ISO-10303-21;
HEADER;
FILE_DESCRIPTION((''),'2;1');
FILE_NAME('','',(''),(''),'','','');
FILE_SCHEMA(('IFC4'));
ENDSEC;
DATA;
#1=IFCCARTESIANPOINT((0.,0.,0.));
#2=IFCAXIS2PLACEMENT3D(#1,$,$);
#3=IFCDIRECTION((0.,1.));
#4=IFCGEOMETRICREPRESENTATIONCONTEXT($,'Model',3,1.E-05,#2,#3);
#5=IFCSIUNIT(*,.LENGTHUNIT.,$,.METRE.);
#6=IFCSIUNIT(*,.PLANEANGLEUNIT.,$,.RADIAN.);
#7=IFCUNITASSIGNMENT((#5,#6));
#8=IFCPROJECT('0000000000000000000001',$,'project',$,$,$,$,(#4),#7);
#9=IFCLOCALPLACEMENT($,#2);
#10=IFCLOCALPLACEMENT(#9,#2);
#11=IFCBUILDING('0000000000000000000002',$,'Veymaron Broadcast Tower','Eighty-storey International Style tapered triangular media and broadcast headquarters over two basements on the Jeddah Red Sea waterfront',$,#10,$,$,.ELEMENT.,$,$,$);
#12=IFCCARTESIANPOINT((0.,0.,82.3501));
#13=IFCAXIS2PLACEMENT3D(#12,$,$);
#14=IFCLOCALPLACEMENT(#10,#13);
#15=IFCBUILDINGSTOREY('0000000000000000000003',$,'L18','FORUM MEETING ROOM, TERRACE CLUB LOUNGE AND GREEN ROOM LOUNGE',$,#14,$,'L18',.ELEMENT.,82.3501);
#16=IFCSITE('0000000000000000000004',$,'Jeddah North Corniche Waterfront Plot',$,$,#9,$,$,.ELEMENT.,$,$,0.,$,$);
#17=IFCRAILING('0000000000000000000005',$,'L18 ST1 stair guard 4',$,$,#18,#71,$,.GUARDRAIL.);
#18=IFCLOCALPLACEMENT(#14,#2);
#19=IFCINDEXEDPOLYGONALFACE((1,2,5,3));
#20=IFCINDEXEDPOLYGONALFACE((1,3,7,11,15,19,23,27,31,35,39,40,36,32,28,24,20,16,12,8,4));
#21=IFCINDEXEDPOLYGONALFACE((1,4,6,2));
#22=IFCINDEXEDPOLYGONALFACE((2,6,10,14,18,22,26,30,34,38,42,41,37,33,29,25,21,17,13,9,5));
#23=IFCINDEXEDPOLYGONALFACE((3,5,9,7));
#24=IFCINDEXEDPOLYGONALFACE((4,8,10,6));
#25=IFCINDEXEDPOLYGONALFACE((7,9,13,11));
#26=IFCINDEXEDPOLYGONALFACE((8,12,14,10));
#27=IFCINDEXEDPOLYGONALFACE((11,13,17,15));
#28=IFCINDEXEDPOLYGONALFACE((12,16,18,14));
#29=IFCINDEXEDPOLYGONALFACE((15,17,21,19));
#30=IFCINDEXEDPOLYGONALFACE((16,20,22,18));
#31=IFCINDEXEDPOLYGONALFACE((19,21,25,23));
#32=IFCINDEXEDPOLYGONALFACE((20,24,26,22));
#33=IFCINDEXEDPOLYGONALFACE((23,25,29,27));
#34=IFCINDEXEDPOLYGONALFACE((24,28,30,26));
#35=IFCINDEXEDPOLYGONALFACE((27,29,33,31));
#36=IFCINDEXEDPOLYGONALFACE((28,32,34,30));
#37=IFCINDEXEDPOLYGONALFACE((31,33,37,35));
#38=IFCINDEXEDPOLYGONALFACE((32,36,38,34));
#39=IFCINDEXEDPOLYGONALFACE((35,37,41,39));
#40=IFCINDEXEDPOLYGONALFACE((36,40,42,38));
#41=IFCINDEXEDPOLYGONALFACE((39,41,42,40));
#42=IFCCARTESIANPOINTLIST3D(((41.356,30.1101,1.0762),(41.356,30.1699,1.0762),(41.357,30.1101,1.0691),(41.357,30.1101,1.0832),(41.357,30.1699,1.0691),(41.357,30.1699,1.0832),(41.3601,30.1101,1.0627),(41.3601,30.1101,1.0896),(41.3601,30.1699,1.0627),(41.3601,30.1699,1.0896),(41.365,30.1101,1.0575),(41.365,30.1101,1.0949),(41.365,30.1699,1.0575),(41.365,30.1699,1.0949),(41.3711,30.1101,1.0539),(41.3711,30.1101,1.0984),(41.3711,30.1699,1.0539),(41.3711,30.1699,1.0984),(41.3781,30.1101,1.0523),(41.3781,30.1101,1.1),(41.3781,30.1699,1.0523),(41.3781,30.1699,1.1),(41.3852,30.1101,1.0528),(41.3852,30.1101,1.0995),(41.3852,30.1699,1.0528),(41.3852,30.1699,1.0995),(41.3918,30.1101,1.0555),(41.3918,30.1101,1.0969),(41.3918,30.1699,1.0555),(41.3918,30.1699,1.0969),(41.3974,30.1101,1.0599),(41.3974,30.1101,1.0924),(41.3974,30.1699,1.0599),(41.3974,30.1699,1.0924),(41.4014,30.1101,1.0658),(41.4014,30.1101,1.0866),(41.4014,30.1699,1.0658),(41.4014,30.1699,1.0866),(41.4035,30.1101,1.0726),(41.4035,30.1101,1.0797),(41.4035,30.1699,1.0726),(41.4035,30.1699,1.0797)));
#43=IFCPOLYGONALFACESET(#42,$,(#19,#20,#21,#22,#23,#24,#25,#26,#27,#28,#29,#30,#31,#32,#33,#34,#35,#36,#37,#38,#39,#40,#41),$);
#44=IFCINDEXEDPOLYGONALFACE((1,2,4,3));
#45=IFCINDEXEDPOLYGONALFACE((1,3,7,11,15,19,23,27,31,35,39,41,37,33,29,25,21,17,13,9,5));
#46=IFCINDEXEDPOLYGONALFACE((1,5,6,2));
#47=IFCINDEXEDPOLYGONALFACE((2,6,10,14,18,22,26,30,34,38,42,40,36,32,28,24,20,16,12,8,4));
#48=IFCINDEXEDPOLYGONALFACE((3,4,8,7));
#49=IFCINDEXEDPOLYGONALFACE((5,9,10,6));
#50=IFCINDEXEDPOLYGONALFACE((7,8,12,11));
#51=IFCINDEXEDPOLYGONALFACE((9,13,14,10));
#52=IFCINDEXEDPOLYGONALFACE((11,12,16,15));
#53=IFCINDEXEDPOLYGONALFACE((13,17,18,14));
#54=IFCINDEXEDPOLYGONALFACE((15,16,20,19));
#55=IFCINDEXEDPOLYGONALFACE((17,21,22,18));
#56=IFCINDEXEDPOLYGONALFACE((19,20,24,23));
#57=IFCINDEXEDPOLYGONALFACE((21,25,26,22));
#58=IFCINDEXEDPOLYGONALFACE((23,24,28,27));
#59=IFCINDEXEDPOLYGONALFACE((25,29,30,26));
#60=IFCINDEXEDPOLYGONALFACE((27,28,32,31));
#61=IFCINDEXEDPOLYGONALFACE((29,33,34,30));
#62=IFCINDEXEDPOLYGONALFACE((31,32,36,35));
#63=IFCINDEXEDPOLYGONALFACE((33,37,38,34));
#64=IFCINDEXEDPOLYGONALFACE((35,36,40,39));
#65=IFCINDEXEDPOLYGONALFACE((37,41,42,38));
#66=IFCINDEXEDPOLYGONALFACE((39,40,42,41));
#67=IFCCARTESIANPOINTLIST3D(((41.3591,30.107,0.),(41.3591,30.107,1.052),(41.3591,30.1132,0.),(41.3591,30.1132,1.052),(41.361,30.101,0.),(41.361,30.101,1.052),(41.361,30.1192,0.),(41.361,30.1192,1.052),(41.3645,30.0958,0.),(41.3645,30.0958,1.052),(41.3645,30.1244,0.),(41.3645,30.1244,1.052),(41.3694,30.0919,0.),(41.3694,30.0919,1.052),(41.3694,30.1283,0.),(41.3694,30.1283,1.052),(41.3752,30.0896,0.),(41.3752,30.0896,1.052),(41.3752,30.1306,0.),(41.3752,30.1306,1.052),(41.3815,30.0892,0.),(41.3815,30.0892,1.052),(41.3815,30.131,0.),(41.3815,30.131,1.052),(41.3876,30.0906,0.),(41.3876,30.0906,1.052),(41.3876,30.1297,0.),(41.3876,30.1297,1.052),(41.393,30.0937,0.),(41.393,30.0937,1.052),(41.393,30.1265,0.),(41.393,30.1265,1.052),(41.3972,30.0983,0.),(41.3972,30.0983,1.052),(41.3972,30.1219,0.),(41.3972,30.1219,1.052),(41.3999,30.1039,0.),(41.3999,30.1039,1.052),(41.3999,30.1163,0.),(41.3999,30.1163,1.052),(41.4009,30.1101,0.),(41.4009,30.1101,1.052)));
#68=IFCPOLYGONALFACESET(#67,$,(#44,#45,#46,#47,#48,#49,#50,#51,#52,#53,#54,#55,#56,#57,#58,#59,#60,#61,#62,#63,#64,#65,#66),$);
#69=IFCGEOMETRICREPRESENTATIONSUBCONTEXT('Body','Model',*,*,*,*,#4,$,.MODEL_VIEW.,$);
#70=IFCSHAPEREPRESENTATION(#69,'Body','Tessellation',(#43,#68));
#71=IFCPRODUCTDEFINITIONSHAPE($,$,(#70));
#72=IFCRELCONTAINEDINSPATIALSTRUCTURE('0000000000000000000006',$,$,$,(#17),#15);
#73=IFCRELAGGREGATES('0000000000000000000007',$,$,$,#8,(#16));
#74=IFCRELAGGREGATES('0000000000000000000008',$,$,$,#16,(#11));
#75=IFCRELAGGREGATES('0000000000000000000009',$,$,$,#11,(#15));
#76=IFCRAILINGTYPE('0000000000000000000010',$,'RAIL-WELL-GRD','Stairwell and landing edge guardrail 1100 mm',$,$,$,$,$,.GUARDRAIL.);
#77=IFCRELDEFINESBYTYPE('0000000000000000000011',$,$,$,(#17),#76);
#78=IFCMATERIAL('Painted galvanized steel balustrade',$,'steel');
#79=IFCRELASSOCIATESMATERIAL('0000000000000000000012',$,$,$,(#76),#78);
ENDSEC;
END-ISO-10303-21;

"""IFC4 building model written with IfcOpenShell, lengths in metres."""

from ifc_helpers import new_model, si_unit, direction, frame, origin, origin_2d, place, context, subcontext, project, spatial, circle, extrude, material, type_object, element, save


model = new_model("IFC4")

# Units and contexts
model_context = context("Model", 3, precision=1e-05, world=origin(), true_north=direction((0.0, 1.0)))
body_context = subcontext(model_context, "Body", "Model", "MODEL_VIEW")
ifc_project = project(units=[si_unit("LENGTHUNIT", "METRE"), si_unit("PLANEANGLEUNIT", "RADIAN")], contexts=[model_context])

# Site, building, storey
site_placement = place(None, origin())
site = spatial("IfcSite", under=ifc_project, at=site_placement, Name="Jeddah North Corniche Waterfront Plot", CompositionType="ELEMENT", RefElevation=0.0)
building_placement = place(site_placement, origin())
building = spatial("IfcBuilding", under=site, at=building_placement, Name="Veymaron Broadcast Tower", Description="Eighty-storey International Style tapered triangular media and broadcast headquarters over two basements on the Jeddah Red Sea waterfront", CompositionType="ELEMENT")
storey_placement = place(building_placement, frame((0.0, 0.0, 82.3501)))
storey = spatial("IfcBuildingStorey", under=building, at=storey_placement, Name="L18", Description="FORUM MEETING ROOM, TERRACE CLUB LOUNGE AND GREEN ROOM LOUNGE", LongName="L18", CompositionType="ELEMENT", Elevation=82.3501)

# Railing
ifc_material_1 = material(Name="Painted galvanized steel balustrade", Category="steel")
railing_type_1 = type_object("IfcRailingType", Name="RAIL-WELL-GRD", Description="Stairwell and landing edge guardrail 1100 mm", PredefinedType="GUARDRAIL", material=ifc_material_1)
railing_1_placement = place(storey_placement, frame((41.3799, 30.1101, 0.0)))
element("IfcRailing", 1, at=railing_1_placement, inside=storey, type_object=railing_type_1, Name="L18 ST1 stair guard 4", PredefinedType="GUARDRAIL", context=body_context, shape_type="SweptSolid", body=[
    extrude(circle(Radius=0.0239, at=origin_2d()), frame((0.0, 0.0, 1.0762), z_axis=(0.0, 1.0, 0.0), x_axis=(-1.0, 0.0, 0.0)), (0.0, 0.0, 1.0), 0.0598),
    extrude(circle(Radius=0.021, at=origin_2d()), origin(), (0.0, 0.0, 1.0), 1.052),
])

save(model, "model.ifc")
